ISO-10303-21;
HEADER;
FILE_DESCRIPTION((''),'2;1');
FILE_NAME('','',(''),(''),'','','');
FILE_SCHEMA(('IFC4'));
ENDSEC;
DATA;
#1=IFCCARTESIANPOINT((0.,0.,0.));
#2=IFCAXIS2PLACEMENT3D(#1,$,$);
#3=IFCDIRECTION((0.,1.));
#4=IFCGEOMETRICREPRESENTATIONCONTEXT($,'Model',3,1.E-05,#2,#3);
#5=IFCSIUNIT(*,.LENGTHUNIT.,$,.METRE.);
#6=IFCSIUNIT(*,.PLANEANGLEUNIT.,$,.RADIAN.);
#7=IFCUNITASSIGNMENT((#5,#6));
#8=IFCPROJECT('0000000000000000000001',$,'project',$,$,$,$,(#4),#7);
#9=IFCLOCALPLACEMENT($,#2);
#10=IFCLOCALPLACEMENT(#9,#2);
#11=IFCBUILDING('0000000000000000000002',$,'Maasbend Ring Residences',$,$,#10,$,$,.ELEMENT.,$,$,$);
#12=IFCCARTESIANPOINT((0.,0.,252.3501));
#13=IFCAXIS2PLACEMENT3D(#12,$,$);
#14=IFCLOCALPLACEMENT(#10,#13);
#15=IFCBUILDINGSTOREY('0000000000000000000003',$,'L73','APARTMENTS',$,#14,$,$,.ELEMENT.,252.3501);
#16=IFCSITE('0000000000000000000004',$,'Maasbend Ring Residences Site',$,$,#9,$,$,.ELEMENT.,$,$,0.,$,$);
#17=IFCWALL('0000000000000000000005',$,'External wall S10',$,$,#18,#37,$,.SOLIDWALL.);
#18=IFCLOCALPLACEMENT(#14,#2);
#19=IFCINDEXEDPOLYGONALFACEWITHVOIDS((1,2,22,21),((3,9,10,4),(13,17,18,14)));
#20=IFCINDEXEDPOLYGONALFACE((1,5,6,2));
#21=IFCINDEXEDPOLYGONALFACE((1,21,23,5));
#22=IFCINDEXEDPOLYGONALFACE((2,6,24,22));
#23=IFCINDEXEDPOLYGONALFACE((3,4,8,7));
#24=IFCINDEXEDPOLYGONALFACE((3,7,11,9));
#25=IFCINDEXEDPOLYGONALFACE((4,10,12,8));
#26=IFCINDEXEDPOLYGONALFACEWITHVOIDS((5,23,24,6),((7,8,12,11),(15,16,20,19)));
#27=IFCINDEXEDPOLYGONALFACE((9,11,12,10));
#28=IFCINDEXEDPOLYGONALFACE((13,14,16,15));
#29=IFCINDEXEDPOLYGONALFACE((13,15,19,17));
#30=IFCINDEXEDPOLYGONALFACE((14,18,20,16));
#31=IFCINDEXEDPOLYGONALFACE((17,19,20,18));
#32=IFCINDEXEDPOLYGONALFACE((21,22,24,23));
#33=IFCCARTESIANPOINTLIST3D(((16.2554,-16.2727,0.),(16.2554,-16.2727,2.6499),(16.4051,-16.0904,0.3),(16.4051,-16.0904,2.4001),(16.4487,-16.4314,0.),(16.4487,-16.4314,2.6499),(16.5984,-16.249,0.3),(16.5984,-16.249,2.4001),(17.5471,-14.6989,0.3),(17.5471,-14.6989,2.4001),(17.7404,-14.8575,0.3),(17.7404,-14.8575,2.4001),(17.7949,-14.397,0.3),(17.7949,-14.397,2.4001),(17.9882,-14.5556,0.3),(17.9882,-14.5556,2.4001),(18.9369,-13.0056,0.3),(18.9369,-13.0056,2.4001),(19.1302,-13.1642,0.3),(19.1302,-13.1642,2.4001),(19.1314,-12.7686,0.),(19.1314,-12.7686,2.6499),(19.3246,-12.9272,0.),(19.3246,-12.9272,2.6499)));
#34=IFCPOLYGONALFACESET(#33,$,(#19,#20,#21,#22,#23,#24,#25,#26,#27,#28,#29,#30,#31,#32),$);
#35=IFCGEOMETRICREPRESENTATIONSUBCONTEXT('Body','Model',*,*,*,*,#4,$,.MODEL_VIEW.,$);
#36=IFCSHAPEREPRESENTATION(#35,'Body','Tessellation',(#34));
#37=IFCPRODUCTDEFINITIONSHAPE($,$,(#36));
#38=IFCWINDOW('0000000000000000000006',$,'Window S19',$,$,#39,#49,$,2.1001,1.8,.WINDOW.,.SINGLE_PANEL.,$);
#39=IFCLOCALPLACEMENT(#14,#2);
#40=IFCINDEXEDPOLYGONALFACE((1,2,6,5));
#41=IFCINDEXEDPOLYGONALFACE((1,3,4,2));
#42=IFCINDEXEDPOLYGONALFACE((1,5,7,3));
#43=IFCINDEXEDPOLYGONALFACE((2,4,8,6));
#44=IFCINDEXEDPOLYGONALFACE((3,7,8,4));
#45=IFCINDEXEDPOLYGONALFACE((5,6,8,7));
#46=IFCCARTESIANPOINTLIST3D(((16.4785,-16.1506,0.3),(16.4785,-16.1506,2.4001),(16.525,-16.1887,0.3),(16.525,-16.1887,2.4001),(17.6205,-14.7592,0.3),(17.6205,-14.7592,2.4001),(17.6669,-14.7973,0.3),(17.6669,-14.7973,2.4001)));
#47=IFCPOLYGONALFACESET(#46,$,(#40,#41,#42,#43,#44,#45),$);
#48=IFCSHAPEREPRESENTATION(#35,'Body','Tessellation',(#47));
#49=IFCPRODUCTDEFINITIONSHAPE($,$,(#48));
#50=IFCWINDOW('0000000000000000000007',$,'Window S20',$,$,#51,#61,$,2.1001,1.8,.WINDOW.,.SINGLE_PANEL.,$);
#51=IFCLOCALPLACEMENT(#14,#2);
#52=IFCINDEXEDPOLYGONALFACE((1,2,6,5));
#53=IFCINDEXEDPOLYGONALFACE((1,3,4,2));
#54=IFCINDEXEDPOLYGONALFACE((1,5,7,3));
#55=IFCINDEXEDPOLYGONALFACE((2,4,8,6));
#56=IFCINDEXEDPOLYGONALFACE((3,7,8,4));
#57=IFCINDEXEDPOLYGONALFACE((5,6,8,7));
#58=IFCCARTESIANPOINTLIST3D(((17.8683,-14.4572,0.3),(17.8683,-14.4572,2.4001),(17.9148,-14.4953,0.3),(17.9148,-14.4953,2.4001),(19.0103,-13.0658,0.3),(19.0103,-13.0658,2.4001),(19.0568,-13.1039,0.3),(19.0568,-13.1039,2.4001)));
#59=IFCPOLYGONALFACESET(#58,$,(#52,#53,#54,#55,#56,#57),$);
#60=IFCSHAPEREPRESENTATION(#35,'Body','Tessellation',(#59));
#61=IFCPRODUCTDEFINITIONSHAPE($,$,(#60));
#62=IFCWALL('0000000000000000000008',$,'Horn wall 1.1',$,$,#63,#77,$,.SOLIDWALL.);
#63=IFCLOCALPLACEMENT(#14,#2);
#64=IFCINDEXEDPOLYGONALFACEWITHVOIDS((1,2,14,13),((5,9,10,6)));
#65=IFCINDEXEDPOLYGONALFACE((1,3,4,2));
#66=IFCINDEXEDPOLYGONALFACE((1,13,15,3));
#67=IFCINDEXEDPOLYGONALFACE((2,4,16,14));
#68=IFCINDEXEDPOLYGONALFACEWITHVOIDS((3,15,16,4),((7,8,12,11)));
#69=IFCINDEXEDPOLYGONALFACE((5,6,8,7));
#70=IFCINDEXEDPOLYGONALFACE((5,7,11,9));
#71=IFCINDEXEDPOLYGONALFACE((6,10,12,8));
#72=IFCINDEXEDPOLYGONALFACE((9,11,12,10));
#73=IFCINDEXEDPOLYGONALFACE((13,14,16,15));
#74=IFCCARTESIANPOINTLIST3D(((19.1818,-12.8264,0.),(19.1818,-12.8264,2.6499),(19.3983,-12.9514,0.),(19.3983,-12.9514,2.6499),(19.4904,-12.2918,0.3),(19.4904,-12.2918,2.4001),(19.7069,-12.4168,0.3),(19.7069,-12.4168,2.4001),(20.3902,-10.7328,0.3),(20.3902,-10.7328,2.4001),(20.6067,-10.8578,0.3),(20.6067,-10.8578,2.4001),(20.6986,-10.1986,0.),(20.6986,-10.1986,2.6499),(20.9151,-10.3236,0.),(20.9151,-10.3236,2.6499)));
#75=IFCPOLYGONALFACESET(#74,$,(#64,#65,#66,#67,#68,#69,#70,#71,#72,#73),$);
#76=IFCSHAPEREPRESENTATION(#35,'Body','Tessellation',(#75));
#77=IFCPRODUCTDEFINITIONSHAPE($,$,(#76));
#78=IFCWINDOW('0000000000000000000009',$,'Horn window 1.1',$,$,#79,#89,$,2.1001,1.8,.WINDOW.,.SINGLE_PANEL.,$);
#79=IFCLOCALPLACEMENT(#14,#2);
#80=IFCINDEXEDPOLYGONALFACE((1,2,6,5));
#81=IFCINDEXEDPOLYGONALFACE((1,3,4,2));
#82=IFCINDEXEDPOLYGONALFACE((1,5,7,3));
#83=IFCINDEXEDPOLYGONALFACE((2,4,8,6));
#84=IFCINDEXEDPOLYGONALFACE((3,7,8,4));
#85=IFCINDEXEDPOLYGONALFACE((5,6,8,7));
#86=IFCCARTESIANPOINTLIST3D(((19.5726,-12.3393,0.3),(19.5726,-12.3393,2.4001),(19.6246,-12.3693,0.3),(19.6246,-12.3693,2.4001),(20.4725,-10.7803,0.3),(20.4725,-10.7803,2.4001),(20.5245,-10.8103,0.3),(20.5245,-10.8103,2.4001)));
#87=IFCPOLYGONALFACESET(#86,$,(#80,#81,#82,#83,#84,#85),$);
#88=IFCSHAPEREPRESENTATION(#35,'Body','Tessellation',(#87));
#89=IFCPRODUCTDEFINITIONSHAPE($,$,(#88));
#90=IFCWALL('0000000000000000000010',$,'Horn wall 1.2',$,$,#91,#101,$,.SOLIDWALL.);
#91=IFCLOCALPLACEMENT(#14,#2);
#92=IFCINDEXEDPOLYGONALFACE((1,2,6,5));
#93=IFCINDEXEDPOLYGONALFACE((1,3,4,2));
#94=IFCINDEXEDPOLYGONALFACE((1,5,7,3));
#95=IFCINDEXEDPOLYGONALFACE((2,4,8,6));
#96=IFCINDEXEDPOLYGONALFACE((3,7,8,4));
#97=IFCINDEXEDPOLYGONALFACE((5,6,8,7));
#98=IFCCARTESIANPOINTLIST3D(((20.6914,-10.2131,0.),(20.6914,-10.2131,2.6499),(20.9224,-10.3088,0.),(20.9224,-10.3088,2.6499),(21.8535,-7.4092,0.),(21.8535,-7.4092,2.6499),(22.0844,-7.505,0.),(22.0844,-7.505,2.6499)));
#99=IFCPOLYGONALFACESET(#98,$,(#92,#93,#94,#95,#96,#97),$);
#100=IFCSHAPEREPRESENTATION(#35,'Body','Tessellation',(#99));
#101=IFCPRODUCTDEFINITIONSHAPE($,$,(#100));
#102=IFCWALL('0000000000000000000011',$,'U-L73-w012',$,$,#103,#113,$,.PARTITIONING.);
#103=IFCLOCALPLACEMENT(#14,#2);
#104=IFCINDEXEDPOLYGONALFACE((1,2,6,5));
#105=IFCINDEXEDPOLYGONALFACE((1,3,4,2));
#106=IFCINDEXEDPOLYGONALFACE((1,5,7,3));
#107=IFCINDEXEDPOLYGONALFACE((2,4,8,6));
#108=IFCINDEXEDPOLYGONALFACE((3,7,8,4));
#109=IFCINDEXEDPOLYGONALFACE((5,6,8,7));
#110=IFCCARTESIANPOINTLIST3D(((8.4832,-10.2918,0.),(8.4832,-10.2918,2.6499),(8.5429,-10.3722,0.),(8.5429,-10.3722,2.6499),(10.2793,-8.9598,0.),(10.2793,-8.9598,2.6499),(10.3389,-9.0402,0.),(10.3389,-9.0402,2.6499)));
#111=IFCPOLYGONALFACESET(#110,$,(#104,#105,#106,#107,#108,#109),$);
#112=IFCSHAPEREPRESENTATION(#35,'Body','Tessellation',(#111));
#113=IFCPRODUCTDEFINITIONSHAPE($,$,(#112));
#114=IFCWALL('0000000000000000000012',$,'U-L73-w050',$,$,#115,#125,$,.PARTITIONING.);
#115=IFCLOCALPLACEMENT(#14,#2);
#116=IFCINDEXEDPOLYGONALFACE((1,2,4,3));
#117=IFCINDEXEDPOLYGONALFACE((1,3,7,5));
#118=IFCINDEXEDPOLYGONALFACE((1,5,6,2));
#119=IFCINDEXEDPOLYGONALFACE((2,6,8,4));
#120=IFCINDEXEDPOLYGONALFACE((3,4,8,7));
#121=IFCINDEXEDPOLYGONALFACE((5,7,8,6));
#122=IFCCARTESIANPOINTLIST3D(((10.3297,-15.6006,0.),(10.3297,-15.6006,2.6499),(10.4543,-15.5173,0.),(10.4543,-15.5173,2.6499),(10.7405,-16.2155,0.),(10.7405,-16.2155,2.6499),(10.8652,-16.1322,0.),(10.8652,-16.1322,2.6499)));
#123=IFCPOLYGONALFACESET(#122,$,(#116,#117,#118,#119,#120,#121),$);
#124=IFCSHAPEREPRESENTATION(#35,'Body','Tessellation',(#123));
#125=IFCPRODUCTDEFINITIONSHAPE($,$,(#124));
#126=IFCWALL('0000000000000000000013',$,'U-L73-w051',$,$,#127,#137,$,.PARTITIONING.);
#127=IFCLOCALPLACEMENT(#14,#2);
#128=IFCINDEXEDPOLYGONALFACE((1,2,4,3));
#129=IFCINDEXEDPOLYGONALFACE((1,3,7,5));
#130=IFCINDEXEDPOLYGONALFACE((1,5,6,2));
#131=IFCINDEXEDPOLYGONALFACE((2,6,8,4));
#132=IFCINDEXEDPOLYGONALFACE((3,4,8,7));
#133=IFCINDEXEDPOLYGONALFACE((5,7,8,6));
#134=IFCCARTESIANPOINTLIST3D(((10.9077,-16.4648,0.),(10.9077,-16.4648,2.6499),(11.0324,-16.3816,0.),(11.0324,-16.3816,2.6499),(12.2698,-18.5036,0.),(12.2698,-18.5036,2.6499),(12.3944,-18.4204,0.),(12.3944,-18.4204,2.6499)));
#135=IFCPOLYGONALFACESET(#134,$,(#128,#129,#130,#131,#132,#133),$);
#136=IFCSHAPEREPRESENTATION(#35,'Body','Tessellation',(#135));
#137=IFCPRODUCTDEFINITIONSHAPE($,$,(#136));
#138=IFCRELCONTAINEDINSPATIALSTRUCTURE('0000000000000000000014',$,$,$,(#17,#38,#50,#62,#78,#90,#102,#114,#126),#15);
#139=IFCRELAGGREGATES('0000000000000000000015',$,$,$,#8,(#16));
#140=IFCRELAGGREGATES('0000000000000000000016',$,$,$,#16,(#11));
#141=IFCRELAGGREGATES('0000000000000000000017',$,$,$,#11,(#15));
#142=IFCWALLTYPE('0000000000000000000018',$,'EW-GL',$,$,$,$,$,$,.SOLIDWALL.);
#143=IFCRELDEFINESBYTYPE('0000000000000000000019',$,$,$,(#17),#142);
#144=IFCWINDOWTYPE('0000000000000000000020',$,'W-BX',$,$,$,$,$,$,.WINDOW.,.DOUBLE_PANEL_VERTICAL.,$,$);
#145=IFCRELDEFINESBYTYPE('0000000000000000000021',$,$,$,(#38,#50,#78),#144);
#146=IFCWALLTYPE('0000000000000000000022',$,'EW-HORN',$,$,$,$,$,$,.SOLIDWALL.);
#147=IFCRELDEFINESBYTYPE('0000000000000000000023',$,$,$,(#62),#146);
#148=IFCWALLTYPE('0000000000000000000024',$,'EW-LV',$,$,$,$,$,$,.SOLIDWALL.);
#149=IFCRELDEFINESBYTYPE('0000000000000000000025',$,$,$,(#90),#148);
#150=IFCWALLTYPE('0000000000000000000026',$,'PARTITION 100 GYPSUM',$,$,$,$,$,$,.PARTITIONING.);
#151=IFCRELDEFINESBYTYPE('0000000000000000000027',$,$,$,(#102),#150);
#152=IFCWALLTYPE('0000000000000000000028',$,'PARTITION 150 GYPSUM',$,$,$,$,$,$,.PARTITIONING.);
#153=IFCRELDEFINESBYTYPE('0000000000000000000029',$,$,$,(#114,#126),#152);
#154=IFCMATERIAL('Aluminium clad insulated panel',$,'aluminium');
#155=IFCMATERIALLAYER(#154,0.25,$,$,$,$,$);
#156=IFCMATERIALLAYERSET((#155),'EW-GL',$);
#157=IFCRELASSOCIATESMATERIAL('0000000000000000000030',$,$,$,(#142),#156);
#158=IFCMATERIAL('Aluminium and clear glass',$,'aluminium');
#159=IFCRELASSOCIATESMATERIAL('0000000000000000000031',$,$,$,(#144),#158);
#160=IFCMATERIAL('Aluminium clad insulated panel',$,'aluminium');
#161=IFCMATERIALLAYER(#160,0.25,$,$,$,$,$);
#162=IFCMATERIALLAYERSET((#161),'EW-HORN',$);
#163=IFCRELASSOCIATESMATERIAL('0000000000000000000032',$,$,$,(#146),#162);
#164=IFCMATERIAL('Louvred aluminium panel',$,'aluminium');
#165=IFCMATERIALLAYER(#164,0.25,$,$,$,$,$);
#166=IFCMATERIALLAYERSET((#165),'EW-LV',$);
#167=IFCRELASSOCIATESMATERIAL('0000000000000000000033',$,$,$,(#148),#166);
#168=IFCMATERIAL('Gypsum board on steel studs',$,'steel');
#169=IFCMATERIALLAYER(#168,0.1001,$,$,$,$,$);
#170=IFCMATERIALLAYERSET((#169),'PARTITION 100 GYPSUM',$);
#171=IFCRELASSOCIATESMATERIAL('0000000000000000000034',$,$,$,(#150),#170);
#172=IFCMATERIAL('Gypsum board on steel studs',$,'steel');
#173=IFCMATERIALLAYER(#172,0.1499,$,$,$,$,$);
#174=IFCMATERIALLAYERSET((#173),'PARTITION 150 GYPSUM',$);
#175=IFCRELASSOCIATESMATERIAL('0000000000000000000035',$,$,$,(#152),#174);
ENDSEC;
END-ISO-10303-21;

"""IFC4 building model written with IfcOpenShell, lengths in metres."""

from ifc_helpers import new_model, si_unit, direction, frame, frame_2d, origin, place, context, subcontext, project, spatial, rectangle, extrude, material, layer, layer_set, type_object, element, fill, save


model = new_model("IFC4")

# Units and contexts
model_context = context("Model", 3, precision=1e-05, world=origin(), true_north=direction((0.0, 1.0)))
body_context = subcontext(model_context, "Body", "Model", "MODEL_VIEW")
ifc_project = project(units=[si_unit("LENGTHUNIT", "METRE"), si_unit("PLANEANGLEUNIT", "RADIAN")], contexts=[model_context])

# Site, building, storey
site_placement = place(None, origin())
site = spatial("IfcSite", under=ifc_project, at=site_placement, Name="Maasbend Ring Residences Site", CompositionType="ELEMENT", RefElevation=0.0)
building_placement = place(site_placement, origin())
building = spatial("IfcBuilding", under=site, at=building_placement, Name="Maasbend Ring Residences", CompositionType="ELEMENT")
storey_placement = place(building_placement, frame((0.0, 0.0, 252.3501)))
storey = spatial("IfcBuildingStorey", under=building, at=storey_placement, Name="L73", Description="APARTMENTS", CompositionType="ELEMENT", Elevation=252.3501)

# Wall, openings, windows
ifc_material_1 = material(Name="Aluminium clad insulated panel", Category="aluminium")
ifc_layer_1 = layer(ifc_material_1, 0.25)
ifc_layer_set_1 = layer_set([ifc_layer_1], Name="EW-GL")
wall_type_1 = type_object("IfcWallType", Name="EW-GL", PredefinedType="SOLIDWALL", material=ifc_layer_set_1)
ifc_material_2 = material(Name="Aluminium and clear glass", Category="aluminium")
window_type = type_object("IfcWindowType", Name="W-BX", PartitioningType="DOUBLE_PANEL_VERTICAL", PredefinedType="WINDOW", material=ifc_material_2)
wall_1_placement = place(storey_placement, frame((16.3521, -16.3521, 0.0), z_axis=(0.0, 0.0, 1.0), x_axis=(0.634419, 0.772989, 0.0)))
wall_1 = element("IfcWall", 1, at=wall_1_placement, inside=storey, type_object=wall_type_1, Name="External wall S10", PredefinedType="SOLIDWALL", context=body_context, shape_type="SweptSolid", body=[
    extrude(rectangle(XDim=4.5332, YDim=0.25, at=frame_2d((2.2666, 0.0))), origin(), (0.0, 0.0, 1.0), 2.6499),
])
opening_1_placement = place(wall_1_placement, frame((0.2361, 0.0, 0.3)))
opening_1 = element("IfcOpeningElement", 2, at=opening_1_placement, cuts=wall_1, PredefinedType="OPENING", context=body_context, shape_type="SweptSolid", body=[
    extrude(rectangle(XDim=1.8, YDim=2.1001, at=frame_2d((0.8999, 1.05))), frame((0.0, 0.135, 0.0), z_axis=(0.0, -1.0, 0.0), x_axis=(1.0, 0.0, 0.0)), (0.0, 0.0, 1.0), 0.27),
])
opening_2_placement = place(wall_1_placement, frame((2.4268, 0.0, 0.3)))
opening_2 = element("IfcOpeningElement", 3, at=opening_2_placement, cuts=wall_1, PredefinedType="OPENING", context=body_context, shape_type="SweptSolid", body=[
    extrude(rectangle(XDim=1.8, YDim=2.1001, at=frame_2d((0.8999, 1.05))), frame((0.0, 0.135, 0.0), z_axis=(0.0, -1.0, 0.0), x_axis=(1.0, 0.0, 0.0)), (0.0, 0.0, 1.0), 0.27),
])
window_1_placement = place(opening_1_placement, origin())
window_1 = element("IfcWindow", 4, at=window_1_placement, inside=storey, type_object=window_type, Name="Window S19", OverallHeight=2.1001, OverallWidth=1.8, PartitioningType="SINGLE_PANEL", PredefinedType="WINDOW", context=body_context, shape_type="SweptSolid", body=[
    extrude(rectangle(XDim=1.8, YDim=2.1001, at=frame_2d((0.8999, 1.05))), frame((0.0, 0.03, 0.0), z_axis=(0.0, -1.0, 0.0), x_axis=(1.0, 0.0, 0.0)), (0.0, 0.0, 1.0), 0.0601),
])
fill(opening_1, window_1)
window_2_placement = place(opening_2_placement, origin())
window_2 = element("IfcWindow", 5, at=window_2_placement, inside=storey, type_object=window_type, Name="Window S20", OverallHeight=2.1001, OverallWidth=1.8, PartitioningType="SINGLE_PANEL", PredefinedType="WINDOW", context=body_context, shape_type="SweptSolid", body=[
    extrude(rectangle(XDim=1.8, YDim=2.1001, at=frame_2d((0.8999, 1.05))), frame((0.0, 0.03, 0.0), z_axis=(0.0, -1.0, 0.0), x_axis=(1.0, 0.0, 0.0)), (0.0, 0.0, 1.0), 0.0601),
])
fill(opening_2, window_2)

# Wall, opening, window
ifc_material_3 = material(Name="Aluminium clad insulated panel", Category="aluminium")
ifc_layer_2 = layer(ifc_material_3, 0.25)
ifc_layer_set_2 = layer_set([ifc_layer_2], Name="EW-HORN")
wall_type_2 = type_object("IfcWallType", Name="EW-HORN", PredefinedType="SOLIDWALL", material=ifc_layer_set_2)
wall_2_placement = place(storey_placement, frame((19.29, -12.8889, 0.0), z_axis=(0.0, 0.0, 1.0), x_axis=(0.499904, 0.866081, 0.0)))
wall_2 = element("IfcWall", 6, at=wall_2_placement, inside=storey, type_object=wall_type_2, Name="Horn wall 1.1", PredefinedType="SOLIDWALL", context=body_context, shape_type="SweptSolid", body=[
    extrude(rectangle(XDim=3.0342, YDim=0.25, at=frame_2d((1.5171, 0.0))), origin(), (0.0, 0.0, 1.0), 2.6499),
])
opening_3_placement = place(wall_2_placement, frame((0.6174, 0.0, 0.3)))
opening_3 = element("IfcOpeningElement", 7, at=opening_3_placement, cuts=wall_2, PredefinedType="OPENING", context=body_context, shape_type="SweptSolid", body=[
    extrude(rectangle(XDim=1.8, YDim=2.1001, at=frame_2d((0.8999, 1.05))), frame((0.0, 0.135, 0.0), z_axis=(0.0, -1.0, 0.0), x_axis=(1.0, 0.0, 0.0)), (0.0, 0.0, 1.0), 0.27),
])
window_3_placement = place(opening_3_placement, origin())
window_3 = element("IfcWindow", 8, at=window_3_placement, inside=storey, type_object=window_type, Name="Horn window 1.1", OverallHeight=2.1001, OverallWidth=1.8, PartitioningType="SINGLE_PANEL", PredefinedType="WINDOW", context=body_context, shape_type="SweptSolid", body=[
    extrude(rectangle(XDim=1.8, YDim=2.1001, at=frame_2d((0.8999, 1.05))), frame((0.0, 0.03, 0.0), z_axis=(0.0, -1.0, 0.0), x_axis=(1.0, 0.0, 0.0)), (0.0, 0.0, 1.0), 0.0601),
])
fill(opening_3, window_3)

# Walls
ifc_material_4 = material(Name="Louvred aluminium panel", Category="aluminium")
ifc_layer_3 = layer(ifc_material_4, 0.25)
ifc_layer_set_3 = layer_set([ifc_layer_3], Name="EW-LV")
wall_type_3 = type_object("IfcWallType", Name="EW-LV", PredefinedType="SOLIDWALL", material=ifc_layer_set_3)
wall_3_placement = place(storey_placement, frame((20.8069, -10.261, 0.0), z_axis=(0.0, 0.0, 1.0), x_axis=(0.382873, 0.923801, 0.0)))
element("IfcWall", 9, at=wall_3_placement, inside=storey, type_object=wall_type_3, Name="Horn wall 1.2", PredefinedType="SOLIDWALL", context=body_context, shape_type="SweptSolid", body=[
    extrude(rectangle(XDim=3.0352, YDim=0.25, at=frame_2d((1.5176, 0.0))), origin(), (0.0, 0.0, 1.0), 2.6499),
])
ifc_material_5 = material(Name="Gypsum board on steel studs", Category="steel")
ifc_layer_4 = layer(ifc_material_5, 0.1001)
ifc_layer_set_4 = layer_set([ifc_layer_4], Name="PARTITION 100 GYPSUM")
wall_type_4 = type_object("IfcWallType", Name="PARTITION 100 GYPSUM", PredefinedType="PARTITIONING", material=ifc_layer_set_4)
wall_4_placement = place(storey_placement, frame((8.5129, -10.332, 0.0), z_axis=(0.0, 0.0, 1.0), x_axis=(0.803224, 0.595677, 0.0)))
element("IfcWall", 10, at=wall_4_placement, inside=storey, type_object=wall_type_4, Name="U-L73-w012", PredefinedType="PARTITIONING", context=body_context, shape_type="SweptSolid", body=[
    extrude(rectangle(XDim=2.2361, YDim=0.1001, at=frame_2d((1.1182, 0.0))), origin(), (0.0, 0.0, 1.0), 2.6499),
])
ifc_material_6 = material(Name="Gypsum board on steel studs", Category="steel")
ifc_layer_5 = layer(ifc_material_6, 0.1499)
ifc_layer_set_5 = layer_set([ifc_layer_5], Name="PARTITION 150 GYPSUM")
wall_type_5 = type_object("IfcWallType", Name="PARTITION 150 GYPSUM", PredefinedType="PARTITIONING", material=ifc_layer_set_5)
wall_5_placement = place(storey_placement, frame((10.3921, -15.5591, 0.0), z_axis=(0.0, 0.0, 1.0), x_axis=(0.555538, -0.831491, 0.0)))
element("IfcWall", 11, at=wall_5_placement, inside=storey, type_object=wall_type_5, Name="U-L73-w050", PredefinedType="PARTITIONING", context=body_context, shape_type="SweptSolid", body=[
    extrude(rectangle(XDim=0.7395, YDim=0.1499, at=frame_2d((0.3696, 0.0))), origin(), (0.0, 0.0, 1.0), 2.6499),
])
wall_6_placement = place(storey_placement, frame((10.97, -16.4231, 0.0), z_axis=(0.0, 0.0, 1.0), x_axis=(0.555504, -0.831514, 0.0)))
element("IfcWall", 12, at=wall_6_placement, inside=storey, type_object=wall_type_5, Name="U-L73-w051", PredefinedType="PARTITIONING", context=body_context, shape_type="SweptSolid", body=[
    extrude(rectangle(XDim=2.4519, YDim=0.1499, at=frame_2d((1.2261, 0.0))), origin(), (0.0, 0.0, 1.0), 2.6499),
])

save(model, "model.ifc")
